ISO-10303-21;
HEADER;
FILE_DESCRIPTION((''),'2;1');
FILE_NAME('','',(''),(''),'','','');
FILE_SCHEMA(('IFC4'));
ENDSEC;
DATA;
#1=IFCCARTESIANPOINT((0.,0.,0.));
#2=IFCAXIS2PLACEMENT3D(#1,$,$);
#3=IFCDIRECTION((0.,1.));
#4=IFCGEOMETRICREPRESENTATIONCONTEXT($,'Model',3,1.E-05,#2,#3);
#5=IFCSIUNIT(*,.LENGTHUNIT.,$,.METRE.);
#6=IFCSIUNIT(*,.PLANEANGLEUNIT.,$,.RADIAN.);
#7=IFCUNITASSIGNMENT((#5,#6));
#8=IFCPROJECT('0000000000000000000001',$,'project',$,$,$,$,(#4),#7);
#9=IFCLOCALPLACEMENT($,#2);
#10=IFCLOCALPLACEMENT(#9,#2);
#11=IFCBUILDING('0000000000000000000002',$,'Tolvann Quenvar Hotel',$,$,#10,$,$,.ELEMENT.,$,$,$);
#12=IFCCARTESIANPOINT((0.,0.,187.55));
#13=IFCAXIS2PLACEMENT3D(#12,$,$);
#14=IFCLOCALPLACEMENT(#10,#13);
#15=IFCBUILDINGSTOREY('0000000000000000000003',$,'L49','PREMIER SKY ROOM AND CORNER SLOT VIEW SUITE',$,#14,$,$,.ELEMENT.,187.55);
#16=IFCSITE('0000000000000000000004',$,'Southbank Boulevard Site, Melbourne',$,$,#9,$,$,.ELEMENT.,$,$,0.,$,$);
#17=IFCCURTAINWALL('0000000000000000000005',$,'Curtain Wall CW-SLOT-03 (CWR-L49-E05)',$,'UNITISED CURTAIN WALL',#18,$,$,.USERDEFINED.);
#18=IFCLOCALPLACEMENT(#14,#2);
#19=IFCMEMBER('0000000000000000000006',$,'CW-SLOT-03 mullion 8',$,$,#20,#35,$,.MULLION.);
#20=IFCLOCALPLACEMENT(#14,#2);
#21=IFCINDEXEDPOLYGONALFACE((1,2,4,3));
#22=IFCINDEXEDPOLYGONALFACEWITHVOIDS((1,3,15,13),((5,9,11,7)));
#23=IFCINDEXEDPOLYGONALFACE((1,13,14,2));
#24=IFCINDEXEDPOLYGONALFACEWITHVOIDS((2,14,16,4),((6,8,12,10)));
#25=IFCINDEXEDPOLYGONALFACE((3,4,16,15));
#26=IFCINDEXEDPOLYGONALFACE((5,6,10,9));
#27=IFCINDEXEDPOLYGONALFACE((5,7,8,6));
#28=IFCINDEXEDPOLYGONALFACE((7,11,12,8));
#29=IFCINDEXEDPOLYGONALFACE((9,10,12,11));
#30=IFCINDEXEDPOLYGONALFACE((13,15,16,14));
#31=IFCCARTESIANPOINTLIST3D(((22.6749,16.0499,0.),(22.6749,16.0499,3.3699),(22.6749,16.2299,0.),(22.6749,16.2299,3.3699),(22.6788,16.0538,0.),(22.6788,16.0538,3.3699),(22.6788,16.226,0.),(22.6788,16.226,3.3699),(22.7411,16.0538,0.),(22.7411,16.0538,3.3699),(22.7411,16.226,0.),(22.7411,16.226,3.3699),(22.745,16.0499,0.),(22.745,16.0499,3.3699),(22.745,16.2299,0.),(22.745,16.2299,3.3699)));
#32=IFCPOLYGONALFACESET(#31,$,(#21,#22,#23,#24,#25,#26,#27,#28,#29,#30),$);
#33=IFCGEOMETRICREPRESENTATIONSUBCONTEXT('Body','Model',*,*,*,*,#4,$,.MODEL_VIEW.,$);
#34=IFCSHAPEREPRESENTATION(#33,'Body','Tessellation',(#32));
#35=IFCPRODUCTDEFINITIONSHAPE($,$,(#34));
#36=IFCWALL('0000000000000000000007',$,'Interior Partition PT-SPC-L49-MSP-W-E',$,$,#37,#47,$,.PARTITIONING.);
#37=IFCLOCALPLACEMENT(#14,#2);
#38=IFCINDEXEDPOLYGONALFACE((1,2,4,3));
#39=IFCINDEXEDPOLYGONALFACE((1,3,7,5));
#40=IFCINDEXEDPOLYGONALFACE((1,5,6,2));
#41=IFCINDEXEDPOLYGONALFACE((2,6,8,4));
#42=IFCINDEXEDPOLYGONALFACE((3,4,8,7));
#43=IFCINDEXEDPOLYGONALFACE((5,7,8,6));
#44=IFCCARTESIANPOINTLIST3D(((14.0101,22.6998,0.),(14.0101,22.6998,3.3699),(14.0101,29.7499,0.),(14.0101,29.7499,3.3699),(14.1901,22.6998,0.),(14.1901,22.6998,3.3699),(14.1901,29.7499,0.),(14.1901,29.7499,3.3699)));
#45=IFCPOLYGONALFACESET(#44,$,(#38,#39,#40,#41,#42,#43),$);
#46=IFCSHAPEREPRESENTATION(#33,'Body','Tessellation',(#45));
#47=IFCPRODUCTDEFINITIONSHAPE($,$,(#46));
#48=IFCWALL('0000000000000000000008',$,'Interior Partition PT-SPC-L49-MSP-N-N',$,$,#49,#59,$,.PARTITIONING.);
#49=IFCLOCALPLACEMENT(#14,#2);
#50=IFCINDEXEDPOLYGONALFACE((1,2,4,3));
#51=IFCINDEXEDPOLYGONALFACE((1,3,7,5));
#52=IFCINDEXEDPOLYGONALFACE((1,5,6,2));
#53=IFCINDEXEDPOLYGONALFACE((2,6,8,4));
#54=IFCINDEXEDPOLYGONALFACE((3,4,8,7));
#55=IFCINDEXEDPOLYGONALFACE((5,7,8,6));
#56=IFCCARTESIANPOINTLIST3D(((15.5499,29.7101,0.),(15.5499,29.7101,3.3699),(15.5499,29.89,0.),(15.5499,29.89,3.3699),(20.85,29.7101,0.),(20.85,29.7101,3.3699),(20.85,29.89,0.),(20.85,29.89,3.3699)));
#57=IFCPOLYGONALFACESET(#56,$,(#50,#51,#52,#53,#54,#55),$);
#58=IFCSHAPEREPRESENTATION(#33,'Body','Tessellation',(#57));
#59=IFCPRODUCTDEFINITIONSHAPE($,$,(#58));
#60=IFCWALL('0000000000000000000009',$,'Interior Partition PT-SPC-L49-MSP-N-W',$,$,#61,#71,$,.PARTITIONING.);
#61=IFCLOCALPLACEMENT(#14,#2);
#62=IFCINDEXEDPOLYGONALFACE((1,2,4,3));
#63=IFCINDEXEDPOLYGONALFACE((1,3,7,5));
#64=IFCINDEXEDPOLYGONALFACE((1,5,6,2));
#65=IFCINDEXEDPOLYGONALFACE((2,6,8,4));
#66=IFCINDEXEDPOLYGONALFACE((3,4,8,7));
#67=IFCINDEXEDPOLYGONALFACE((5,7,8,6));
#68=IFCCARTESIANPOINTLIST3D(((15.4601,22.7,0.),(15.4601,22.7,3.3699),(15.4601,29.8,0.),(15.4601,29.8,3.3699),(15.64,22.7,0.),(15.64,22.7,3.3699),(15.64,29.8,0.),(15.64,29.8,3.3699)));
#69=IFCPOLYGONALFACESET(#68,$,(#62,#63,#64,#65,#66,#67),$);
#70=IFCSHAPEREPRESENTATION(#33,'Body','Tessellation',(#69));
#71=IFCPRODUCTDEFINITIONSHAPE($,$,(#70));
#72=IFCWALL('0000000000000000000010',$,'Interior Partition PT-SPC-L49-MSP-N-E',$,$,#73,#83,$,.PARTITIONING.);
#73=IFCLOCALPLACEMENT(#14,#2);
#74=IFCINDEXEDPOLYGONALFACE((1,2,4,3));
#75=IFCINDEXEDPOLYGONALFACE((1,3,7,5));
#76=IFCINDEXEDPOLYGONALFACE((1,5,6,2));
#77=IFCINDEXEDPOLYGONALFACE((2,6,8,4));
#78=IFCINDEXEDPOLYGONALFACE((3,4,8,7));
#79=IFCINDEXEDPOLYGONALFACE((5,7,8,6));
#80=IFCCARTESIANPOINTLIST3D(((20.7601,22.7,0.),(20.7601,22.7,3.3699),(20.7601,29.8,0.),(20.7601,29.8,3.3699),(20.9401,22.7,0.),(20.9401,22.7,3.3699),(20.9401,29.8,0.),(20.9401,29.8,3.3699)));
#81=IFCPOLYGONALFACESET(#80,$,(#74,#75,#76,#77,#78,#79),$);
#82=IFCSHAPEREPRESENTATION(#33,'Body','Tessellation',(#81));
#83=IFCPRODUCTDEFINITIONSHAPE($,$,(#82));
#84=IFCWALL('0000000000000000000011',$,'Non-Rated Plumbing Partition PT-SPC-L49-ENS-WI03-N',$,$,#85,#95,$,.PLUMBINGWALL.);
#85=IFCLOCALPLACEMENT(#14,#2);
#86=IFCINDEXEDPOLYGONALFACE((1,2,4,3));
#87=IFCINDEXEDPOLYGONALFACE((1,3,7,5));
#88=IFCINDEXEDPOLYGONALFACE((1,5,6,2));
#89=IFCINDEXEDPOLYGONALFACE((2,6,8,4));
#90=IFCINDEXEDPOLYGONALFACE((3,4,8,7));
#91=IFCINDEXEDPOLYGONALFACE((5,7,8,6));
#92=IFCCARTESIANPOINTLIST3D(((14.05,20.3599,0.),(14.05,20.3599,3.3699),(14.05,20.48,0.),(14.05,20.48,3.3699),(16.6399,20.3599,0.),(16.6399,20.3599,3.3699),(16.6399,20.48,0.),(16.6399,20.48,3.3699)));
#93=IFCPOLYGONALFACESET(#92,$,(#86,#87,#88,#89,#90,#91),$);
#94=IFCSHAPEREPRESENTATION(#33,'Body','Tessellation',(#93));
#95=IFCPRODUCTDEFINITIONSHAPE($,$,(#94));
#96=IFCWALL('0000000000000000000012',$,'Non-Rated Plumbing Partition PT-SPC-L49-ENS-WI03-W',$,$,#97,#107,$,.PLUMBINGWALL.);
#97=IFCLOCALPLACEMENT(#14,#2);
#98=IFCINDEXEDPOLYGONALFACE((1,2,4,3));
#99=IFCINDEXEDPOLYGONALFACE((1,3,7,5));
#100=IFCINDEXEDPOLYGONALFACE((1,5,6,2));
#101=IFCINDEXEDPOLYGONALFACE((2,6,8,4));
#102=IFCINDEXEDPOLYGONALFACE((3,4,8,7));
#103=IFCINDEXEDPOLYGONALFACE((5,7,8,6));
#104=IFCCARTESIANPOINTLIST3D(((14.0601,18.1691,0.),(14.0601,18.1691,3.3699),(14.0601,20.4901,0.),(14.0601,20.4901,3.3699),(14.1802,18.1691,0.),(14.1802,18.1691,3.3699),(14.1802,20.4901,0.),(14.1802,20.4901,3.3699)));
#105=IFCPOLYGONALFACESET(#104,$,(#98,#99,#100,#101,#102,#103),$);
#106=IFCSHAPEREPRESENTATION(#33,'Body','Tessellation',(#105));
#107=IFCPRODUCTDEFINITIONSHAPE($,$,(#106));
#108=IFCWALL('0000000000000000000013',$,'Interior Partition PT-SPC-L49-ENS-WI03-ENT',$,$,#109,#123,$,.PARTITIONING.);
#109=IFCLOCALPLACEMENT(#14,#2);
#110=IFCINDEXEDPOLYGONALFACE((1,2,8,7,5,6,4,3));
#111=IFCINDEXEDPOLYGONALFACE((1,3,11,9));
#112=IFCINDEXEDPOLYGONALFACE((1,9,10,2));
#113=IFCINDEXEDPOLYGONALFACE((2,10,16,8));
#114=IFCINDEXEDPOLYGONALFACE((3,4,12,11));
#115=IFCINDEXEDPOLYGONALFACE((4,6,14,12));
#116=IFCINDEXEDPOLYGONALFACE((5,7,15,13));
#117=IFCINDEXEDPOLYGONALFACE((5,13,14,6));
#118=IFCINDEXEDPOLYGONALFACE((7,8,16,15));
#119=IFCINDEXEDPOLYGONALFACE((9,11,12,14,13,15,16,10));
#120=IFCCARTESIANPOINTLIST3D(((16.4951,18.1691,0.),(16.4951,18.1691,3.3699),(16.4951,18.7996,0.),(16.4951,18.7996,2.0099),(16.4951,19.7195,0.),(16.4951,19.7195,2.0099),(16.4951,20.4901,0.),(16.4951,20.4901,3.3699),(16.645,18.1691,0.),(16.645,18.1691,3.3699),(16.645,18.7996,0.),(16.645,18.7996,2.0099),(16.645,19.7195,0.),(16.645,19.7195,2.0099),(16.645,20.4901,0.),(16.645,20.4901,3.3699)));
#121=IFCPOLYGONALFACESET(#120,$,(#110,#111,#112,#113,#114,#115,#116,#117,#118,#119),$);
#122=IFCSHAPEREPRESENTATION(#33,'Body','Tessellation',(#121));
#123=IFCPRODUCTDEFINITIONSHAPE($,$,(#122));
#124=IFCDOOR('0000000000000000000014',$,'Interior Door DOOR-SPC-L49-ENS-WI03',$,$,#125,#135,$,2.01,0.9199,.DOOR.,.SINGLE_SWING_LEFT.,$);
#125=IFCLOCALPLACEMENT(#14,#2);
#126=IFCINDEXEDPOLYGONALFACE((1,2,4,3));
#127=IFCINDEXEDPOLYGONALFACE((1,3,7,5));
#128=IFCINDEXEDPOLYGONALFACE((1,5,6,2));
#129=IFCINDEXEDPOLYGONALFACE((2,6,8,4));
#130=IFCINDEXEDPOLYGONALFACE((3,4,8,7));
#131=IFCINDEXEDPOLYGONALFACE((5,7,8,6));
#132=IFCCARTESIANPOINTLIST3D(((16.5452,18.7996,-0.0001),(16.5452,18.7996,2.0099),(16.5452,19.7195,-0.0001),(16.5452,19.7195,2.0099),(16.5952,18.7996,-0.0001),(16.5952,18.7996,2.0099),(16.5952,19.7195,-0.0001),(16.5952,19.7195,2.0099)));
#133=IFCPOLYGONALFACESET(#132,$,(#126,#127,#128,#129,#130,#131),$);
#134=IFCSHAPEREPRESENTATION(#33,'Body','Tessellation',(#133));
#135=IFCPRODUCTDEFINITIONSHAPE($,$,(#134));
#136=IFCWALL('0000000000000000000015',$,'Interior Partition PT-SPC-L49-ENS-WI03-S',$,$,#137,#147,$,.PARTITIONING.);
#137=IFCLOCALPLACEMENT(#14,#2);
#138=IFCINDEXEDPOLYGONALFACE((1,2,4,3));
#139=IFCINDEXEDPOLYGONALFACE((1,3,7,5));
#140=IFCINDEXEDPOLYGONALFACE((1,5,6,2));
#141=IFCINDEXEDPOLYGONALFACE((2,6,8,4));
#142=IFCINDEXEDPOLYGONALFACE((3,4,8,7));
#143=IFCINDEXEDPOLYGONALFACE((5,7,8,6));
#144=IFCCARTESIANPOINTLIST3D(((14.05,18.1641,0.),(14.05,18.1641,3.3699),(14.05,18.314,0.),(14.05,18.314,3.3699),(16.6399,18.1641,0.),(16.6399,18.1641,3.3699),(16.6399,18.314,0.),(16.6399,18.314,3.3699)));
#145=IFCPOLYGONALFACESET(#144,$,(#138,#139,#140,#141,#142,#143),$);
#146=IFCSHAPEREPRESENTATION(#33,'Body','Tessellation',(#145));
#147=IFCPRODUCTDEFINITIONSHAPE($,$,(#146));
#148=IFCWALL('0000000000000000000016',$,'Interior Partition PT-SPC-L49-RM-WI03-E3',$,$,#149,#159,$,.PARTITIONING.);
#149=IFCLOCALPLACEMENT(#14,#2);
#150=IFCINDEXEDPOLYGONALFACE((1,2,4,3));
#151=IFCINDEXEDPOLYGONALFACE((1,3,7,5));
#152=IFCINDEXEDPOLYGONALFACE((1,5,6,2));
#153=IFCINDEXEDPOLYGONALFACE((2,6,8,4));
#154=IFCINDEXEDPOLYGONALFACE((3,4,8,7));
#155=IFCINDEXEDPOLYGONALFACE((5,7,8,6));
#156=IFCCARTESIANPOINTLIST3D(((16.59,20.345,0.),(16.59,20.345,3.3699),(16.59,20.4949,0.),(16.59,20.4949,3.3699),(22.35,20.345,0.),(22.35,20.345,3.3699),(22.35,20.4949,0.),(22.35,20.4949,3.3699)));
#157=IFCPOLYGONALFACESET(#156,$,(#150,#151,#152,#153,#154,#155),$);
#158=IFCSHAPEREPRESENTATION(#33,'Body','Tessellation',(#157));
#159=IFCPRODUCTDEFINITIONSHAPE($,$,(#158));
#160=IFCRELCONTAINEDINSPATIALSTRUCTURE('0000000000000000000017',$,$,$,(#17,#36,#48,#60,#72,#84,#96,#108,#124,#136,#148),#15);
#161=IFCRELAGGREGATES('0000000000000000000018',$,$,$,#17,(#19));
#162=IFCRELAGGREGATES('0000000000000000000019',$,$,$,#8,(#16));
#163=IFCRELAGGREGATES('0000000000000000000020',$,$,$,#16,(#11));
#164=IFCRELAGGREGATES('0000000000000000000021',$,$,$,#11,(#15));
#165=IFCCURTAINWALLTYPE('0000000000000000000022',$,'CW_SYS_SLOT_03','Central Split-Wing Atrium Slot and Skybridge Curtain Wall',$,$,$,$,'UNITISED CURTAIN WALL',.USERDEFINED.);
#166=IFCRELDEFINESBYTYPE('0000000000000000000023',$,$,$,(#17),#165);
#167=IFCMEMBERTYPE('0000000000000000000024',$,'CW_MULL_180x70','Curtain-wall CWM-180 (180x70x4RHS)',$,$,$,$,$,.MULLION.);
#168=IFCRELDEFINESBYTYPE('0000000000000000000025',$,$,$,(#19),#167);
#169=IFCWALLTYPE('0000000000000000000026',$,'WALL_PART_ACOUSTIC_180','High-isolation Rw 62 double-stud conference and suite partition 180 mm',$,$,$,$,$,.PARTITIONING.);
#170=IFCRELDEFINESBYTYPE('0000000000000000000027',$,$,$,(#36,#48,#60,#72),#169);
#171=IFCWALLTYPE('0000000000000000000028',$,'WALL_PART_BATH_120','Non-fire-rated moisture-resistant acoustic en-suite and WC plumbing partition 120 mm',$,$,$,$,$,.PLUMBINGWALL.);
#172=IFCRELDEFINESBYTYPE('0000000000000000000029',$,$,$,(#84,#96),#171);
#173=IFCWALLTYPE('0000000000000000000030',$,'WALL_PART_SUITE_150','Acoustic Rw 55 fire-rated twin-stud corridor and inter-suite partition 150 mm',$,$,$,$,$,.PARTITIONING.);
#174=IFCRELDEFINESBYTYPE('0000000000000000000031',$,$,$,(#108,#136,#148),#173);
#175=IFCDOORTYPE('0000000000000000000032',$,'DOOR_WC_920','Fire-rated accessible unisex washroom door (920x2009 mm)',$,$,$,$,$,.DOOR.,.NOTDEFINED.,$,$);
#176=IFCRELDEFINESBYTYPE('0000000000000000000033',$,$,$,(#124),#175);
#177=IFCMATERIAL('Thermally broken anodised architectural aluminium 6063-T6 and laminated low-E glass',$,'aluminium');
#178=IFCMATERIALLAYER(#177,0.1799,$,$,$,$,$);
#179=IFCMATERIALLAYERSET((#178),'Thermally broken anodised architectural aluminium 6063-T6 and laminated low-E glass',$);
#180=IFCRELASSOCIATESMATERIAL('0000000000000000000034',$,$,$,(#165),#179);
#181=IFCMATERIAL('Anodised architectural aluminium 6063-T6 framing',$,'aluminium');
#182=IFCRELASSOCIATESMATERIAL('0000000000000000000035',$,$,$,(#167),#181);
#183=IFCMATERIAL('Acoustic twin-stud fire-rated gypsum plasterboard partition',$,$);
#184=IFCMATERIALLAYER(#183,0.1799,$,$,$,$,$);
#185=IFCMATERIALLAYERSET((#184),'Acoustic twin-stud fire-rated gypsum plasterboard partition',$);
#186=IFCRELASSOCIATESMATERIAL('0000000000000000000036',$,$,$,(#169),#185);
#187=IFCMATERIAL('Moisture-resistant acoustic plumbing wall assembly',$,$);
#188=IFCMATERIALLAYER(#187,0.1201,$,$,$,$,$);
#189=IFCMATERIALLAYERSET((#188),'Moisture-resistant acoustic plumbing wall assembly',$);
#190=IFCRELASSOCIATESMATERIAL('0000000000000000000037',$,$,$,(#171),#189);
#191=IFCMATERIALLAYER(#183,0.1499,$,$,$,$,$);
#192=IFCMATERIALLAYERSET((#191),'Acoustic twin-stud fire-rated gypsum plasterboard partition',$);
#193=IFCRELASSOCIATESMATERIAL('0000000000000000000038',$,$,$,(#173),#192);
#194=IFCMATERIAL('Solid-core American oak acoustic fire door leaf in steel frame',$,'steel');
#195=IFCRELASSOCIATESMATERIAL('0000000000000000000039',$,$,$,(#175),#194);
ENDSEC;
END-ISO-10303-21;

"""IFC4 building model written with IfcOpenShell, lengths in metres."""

from ifc_helpers import new_model, si_unit, direction, frame, frame_2d, origin, origin_2d, place, context, subcontext, project, spatial, rectangle, hollow_rectangle, extrude, source, transform, mapped, material, layer, layer_set, material_profile, profile_set, type_object, type_shapes, element, fill, aggregate, save


model = new_model("IFC4")

# Units and contexts
model_context = context("Model", 3, precision=1e-05, world=origin(), true_north=direction((0.0, 1.0)))
body_context = subcontext(model_context, "Body", "Model", "MODEL_VIEW")
ifc_project = project(units=[si_unit("LENGTHUNIT", "METRE"), si_unit("PLANEANGLEUNIT", "RADIAN")], contexts=[model_context])

# Site, building, storey
site_placement = place(None, origin())
site = spatial("IfcSite", under=ifc_project, at=site_placement, Name="Southbank Boulevard Site, Melbourne", CompositionType="ELEMENT", RefElevation=0.0)
building_placement = place(site_placement, origin())
building = spatial("IfcBuilding", under=site, at=building_placement, Name="Tolvann Quenvar Hotel", CompositionType="ELEMENT")
storey_placement = place(building_placement, frame((0.0, 0.0, 187.55)))
storey = spatial("IfcBuildingStorey", under=building, at=storey_placement, Name="L49", Description="PREMIER SKY ROOM AND CORNER SLOT VIEW SUITE", CompositionType="ELEMENT", Elevation=187.55)

# Curtain wall, member
ifc_material_1 = material(Name="Thermally broken anodised architectural aluminium 6063-T6 and laminated low-E glass", Category="aluminium")
ifc_layer_1 = layer(ifc_material_1, 0.1799)
ifc_layer_set_1 = layer_set([ifc_layer_1], Name="Thermally broken anodised architectural aluminium 6063-T6 and laminated low-E glass")
curtain_wall_type = type_object("IfcCurtainWallType", Name="CW_SYS_SLOT_03", Description="Central Split-Wing Atrium Slot and Skybridge Curtain Wall", ElementType="UNITISED CURTAIN WALL", PredefinedType="USERDEFINED", material=ifc_layer_set_1)
curtain_wall_placement = place(storey_placement, origin())
curtain_wall = element("IfcCurtainWall", 1, at=curtain_wall_placement, inside=storey, type_object=curtain_wall_type, Name="Curtain Wall CW-SLOT-03 (CWR-L49-E05)", ObjectType="UNITISED CURTAIN WALL", PredefinedType="USERDEFINED")
ifc_material_2 = material(Name="Anodised architectural aluminium 6063-T6 framing", Category="aluminium")
ifc_material_profile_1 = material_profile(ifc_material_2, hollow_rectangle(XDim=0.0701, YDim=0.1799, WallThickness=0.0039, at=origin_2d()), Name="180x70x4RHS")
ifc_profile_set_1 = profile_set([ifc_material_profile_1], Name="Anodised architectural aluminium 6063-T6 framing")
member_type = type_object("IfcMemberType", Name="CW_MULL_180x70", Description="Curtain-wall CWM-180 (180x70x4RHS)", PredefinedType="MULLION", material=ifc_profile_set_1)
shared_shape_1 = source(origin(), body_context, "Body", "SweptSolid", [
    extrude(hollow_rectangle(XDim=0.0701, YDim=0.1799, WallThickness=0.0039, at=origin_2d()), origin(), (0.0, 0.0, 1.0), 3.3699),
])
type_shapes(member_type, [shared_shape_1])
member_placement = place(storey_placement, frame((22.71, 16.1399, 0.0), z_axis=(0.0, 0.0, 1.0), x_axis=(-1.0, 0.0, 0.0)))
member = element("IfcMember", 2, at=member_placement, type_object=member_type, Name="CW-SLOT-03 mullion 8", PredefinedType="MULLION", context=body_context, shape_type="MappedRepresentation", body=[
    mapped(shared_shape_1, transform((0.0, 0.0, 0.0), x_axis=(1.0, 0.0, 0.0), y_axis=(0.0, 1.0, 0.0), z_axis=(0.0, 0.0, 1.0), scale=1.0)),
])
aggregate(curtain_wall, [member])

# Wall
ifc_material_3 = material(Name="Acoustic twin-stud fire-rated gypsum plasterboard partition")
ifc_layer_2 = layer(ifc_material_3, 0.1799)
ifc_layer_set_2 = layer_set([ifc_layer_2], Name="Acoustic twin-stud fire-rated gypsum plasterboard partition")
wall_type_1 = type_object("IfcWallType", Name="WALL_PART_ACOUSTIC_180", Description="High-isolation Rw 62 double-stud conference and suite partition 180 mm", PredefinedType="PARTITIONING", material=ifc_layer_set_2)
wall_1_placement = place(storey_placement, frame((14.1001, 22.7, 0.0), z_axis=(0.0, 0.0, 1.0), x_axis=(0.0, 1.0, 0.0)))
element("IfcWall", 3, at=wall_1_placement, inside=storey, type_object=wall_type_1, Name="Interior Partition PT-SPC-L49-MSP-W-E", PredefinedType="PARTITIONING", context=body_context, shape_type="SweptSolid", body=[
    extrude(rectangle(XDim=7.05, YDim=0.1799, at=frame_2d((3.5249, 0.0))), origin(), (0.0, 0.0, 1.0), 3.3699),
])

# Shared definitions
ifc_material_4 = material(Name="Solid-core American oak acoustic fire door leaf in steel frame", Category="steel")

# Walls
wall_2_placement = place(storey_placement, frame((15.55, 29.8, 0.0), z_axis=(0.0, 0.0, 1.0), x_axis=(1.0, 0.0, 0.0)))
element("IfcWall", 4, at=wall_2_placement, inside=storey, type_object=wall_type_1, Name="Interior Partition PT-SPC-L49-MSP-N-N", PredefinedType="PARTITIONING", context=body_context, shape_type="SweptSolid", body=[
    extrude(rectangle(XDim=5.3, YDim=0.1799, at=frame_2d((2.6499, 0.0))), origin(), (0.0, 0.0, 1.0), 3.3699),
])
for number, where, z_axis, x_axis, name in (
    (5, (15.55, 22.7, 0.0), (0.0, 0.0, 1.0), (0.0, 1.0, 0.0), "Interior Partition PT-SPC-L49-MSP-N-W"),
    (6, (20.8501, 22.7, 0.0), (0.0, 0.0, 1.0), (0.0, 1.0, 0.0), "Interior Partition PT-SPC-L49-MSP-N-E"),
):
    element("IfcWall", number, at=place(storey_placement, frame(where, z_axis=z_axis, x_axis=x_axis)), inside=storey, type_object=wall_type_1, Name=name, PredefinedType="PARTITIONING", context=body_context, shape_type="SweptSolid", body=[
        extrude(rectangle(XDim=7.1001, YDim=0.1799, at=frame_2d((3.55, 0.0))), origin(), (0.0, 0.0, 1.0), 3.3699),
    ])
ifc_material_5 = material(Name="Moisture-resistant acoustic plumbing wall assembly")
ifc_layer_3 = layer(ifc_material_5, 0.1201)
ifc_layer_set_3 = layer_set([ifc_layer_3], Name="Moisture-resistant acoustic plumbing wall assembly")
wall_type_2 = type_object("IfcWallType", Name="WALL_PART_BATH_120", Description="Non-fire-rated moisture-resistant acoustic en-suite and WC plumbing partition 120 mm", PredefinedType="PLUMBINGWALL", material=ifc_layer_set_3)
wall_3_placement = place(storey_placement, frame((14.05, 20.4199, 0.0), z_axis=(0.0, 0.0, 1.0), x_axis=(1.0, 0.0, 0.0)))
element("IfcWall", 7, at=wall_3_placement, inside=storey, type_object=wall_type_2, Name="Non-Rated Plumbing Partition PT-SPC-L49-ENS-WI03-N", PredefinedType="PLUMBINGWALL", context=body_context, shape_type="SweptSolid", body=[
    extrude(rectangle(XDim=2.5898, YDim=0.1201, at=frame_2d((1.2949, 0.0))), origin(), (0.0, 0.0, 1.0), 3.3699),
])
wall_4_placement = place(storey_placement, frame((14.1201, 18.1689, 0.0), z_axis=(0.0, 0.0, 1.0), x_axis=(0.0, 1.0, 0.0)))
element("IfcWall", 8, at=wall_4_placement, inside=storey, type_object=wall_type_2, Name="Non-Rated Plumbing Partition PT-SPC-L49-ENS-WI03-W", PredefinedType="PLUMBINGWALL", context=body_context, shape_type="SweptSolid", body=[
    extrude(rectangle(XDim=2.321, YDim=0.1201, at=frame_2d((1.1606, 0.0))), origin(), (0.0, 0.0, 1.0), 3.3699),
])

# Wall, opening, door
ifc_layer_4 = layer(ifc_material_3, 0.1499)
ifc_layer_set_4 = layer_set([ifc_layer_4], Name="Acoustic twin-stud fire-rated gypsum plasterboard partition")
wall_type_3 = type_object("IfcWallType", Name="WALL_PART_SUITE_150", Description="Acoustic Rw 55 fire-rated twin-stud corridor and inter-suite partition 150 mm", PredefinedType="PARTITIONING", material=ifc_layer_set_4)
wall_5_placement = place(storey_placement, frame((16.5701, 18.1689, 0.0), z_axis=(0.0, 0.0, 1.0), x_axis=(0.0, 1.0, 0.0)))
wall_5 = element("IfcWall", 9, at=wall_5_placement, inside=storey, type_object=wall_type_3, Name="Interior Partition PT-SPC-L49-ENS-WI03-ENT", PredefinedType="PARTITIONING", context=body_context, shape_type="SweptSolid", body=[
    extrude(rectangle(XDim=2.321, YDim=0.1499, at=frame_2d((1.1606, 0.0))), origin(), (0.0, 0.0, 1.0), 3.3699),
])
opening_1_placement = place(wall_5_placement, frame((0.6306, 0.0, 0.0)))
opening_1 = element("IfcOpeningElement", 10, at=opening_1_placement, cuts=wall_5, PredefinedType="OPENING", context=body_context, shape_type="SweptSolid", body=[
    extrude(rectangle(XDim=0.9199, YDim=2.01, at=frame_2d((0.46, 1.0049))), frame((0.0, 0.085, 0.0), z_axis=(0.0, -1.0, 0.0), x_axis=(1.0, 0.0, 0.0)), (0.0, 0.0, 1.0), 0.1699),
])
door_type_1 = type_object("IfcDoorType", Name="DOOR_WC_920", Description="Fire-rated accessible unisex washroom door (920x2009 mm)", OperationType="NOTDEFINED", PredefinedType="DOOR", material=ifc_material_4)
shared_shape_2 = source(origin(), body_context, "Body", "SweptSolid", [
    extrude(rectangle(XDim=0.9199, YDim=2.01, at=frame_2d((0.46, 1.0049))), frame((0.0, 0.0249, 0.0), z_axis=(0.0, -1.0, 0.0), x_axis=(1.0, 0.0, 0.0)), (0.0, 0.0, 1.0), 0.05),
])
type_shapes(door_type_1, [shared_shape_2])
door_1_placement = place(opening_1_placement, origin())
door_1 = element("IfcDoor", 11, at=door_1_placement, inside=storey, type_object=door_type_1, Name="Interior Door DOOR-SPC-L49-ENS-WI03", OperationType="SINGLE_SWING_LEFT", OverallHeight=2.01, OverallWidth=0.9199, PredefinedType="DOOR", context=body_context, shape_type="MappedRepresentation", body=[
    mapped(shared_shape_2, transform((0.0, 0.0, 0.0), x_axis=(1.0, 0.0, 0.0), y_axis=(0.0, 1.0, 0.0), z_axis=(0.0, 0.0, 1.0), scale=1.0)),
])
fill(opening_1, door_1)

# Wall
wall_6_placement = place(storey_placement, frame((14.05, 18.239, 0.0), z_axis=(0.0, 0.0, 1.0), x_axis=(1.0, 0.0, 0.0)))
element("IfcWall", 12, at=wall_6_placement, inside=storey, type_object=wall_type_3, Name="Interior Partition PT-SPC-L49-ENS-WI03-S", PredefinedType="PARTITIONING", context=body_context, shape_type="SweptSolid", body=[
    extrude(rectangle(XDim=2.5898, YDim=0.1499, at=frame_2d((1.2949, 0.0))), origin(), (0.0, 0.0, 1.0), 3.3699),
])

# Wall
wall_7_placement = place(storey_placement, frame((16.5901, 20.4199, 0.0), z_axis=(0.0, 0.0, 1.0), x_axis=(1.0, 0.0, 0.0)))
element("IfcWall", 13, at=wall_7_placement, inside=storey, type_object=wall_type_3, Name="Interior Partition PT-SPC-L49-RM-WI03-E3", PredefinedType="PARTITIONING", context=body_context, shape_type="SweptSolid", body=[
    extrude(rectangle(XDim=5.76, YDim=0.1499, at=frame_2d((2.8799, 0.0))), origin(), (0.0, 0.0, 1.0), 3.3699),
])

save(model, "model.ifc")
